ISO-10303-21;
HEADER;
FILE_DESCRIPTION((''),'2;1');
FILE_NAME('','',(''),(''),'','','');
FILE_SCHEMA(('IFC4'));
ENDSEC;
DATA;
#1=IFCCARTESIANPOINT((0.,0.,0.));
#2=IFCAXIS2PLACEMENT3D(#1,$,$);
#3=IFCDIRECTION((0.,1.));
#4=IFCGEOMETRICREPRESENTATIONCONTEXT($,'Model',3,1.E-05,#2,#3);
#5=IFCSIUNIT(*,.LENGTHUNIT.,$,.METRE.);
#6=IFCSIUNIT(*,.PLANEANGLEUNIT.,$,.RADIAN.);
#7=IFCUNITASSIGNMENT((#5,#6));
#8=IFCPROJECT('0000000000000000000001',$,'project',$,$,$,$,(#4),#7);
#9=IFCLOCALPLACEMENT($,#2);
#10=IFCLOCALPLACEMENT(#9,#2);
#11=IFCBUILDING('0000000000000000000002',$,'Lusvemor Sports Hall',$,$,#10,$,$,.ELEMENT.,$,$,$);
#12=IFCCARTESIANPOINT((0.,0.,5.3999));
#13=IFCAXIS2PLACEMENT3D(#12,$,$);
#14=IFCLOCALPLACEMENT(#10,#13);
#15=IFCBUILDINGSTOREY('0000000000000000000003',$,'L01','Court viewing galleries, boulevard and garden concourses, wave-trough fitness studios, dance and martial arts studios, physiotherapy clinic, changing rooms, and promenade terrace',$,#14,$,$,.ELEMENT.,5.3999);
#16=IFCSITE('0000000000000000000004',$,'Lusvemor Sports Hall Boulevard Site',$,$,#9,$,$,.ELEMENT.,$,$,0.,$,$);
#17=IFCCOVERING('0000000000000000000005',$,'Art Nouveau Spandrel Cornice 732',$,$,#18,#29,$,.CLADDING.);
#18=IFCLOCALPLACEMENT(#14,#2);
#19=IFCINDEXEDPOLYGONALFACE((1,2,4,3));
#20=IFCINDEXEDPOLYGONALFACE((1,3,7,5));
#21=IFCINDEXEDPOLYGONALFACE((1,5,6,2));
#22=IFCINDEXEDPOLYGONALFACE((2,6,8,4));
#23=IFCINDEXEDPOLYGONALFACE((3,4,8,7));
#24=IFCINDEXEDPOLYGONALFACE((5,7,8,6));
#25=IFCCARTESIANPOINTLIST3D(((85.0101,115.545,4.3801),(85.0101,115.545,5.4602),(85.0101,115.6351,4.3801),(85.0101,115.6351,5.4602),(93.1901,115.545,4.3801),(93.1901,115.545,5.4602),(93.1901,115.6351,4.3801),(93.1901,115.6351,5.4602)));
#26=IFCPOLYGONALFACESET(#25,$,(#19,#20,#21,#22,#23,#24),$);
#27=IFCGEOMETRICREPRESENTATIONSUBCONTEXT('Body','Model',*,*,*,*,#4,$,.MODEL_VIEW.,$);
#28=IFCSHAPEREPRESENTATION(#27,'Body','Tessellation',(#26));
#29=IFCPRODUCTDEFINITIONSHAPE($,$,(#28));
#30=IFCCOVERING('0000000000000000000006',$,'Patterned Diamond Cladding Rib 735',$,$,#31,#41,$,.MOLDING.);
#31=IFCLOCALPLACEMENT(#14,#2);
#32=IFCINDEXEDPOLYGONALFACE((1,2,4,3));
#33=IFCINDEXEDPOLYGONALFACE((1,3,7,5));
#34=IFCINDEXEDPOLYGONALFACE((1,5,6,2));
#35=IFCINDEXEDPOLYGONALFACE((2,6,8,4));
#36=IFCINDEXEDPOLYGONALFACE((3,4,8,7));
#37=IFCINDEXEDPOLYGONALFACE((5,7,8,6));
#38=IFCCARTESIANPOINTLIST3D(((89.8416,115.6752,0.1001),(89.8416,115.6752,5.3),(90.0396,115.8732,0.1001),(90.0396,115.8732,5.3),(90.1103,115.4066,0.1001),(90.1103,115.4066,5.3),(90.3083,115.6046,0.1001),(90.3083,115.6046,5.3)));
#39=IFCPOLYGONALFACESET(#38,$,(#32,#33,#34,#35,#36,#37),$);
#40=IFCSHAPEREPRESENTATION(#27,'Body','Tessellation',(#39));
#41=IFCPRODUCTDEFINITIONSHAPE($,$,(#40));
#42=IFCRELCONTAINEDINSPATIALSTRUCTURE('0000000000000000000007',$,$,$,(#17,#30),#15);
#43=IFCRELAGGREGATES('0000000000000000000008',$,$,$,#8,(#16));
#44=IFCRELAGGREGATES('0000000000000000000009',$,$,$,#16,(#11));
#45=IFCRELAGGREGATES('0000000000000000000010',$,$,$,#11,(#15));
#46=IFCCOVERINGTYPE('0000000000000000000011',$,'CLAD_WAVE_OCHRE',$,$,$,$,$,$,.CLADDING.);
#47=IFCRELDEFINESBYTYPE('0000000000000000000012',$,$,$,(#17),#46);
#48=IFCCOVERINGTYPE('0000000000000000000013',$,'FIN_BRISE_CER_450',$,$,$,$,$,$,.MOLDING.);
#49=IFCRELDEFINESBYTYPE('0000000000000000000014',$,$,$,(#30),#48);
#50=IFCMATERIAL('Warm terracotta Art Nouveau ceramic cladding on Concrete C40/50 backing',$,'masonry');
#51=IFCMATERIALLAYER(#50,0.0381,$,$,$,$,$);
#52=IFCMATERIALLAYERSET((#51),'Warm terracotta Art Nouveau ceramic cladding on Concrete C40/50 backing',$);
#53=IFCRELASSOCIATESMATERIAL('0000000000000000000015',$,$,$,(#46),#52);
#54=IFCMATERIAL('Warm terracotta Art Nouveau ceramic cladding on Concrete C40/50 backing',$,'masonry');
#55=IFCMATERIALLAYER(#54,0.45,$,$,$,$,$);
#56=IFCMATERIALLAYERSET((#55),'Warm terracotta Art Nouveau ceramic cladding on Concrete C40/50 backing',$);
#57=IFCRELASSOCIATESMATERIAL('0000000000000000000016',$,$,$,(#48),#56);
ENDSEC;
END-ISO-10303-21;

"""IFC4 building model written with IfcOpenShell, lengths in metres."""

from ifc_helpers import new_model, si_unit, direction, frame, origin, origin_2d, place, context, subcontext, project, spatial, rectangle, extrude, material, layer, layer_set, type_object, element, save


model = new_model("IFC4")

# Units and contexts
model_context = context("Model", 3, precision=1e-05, world=origin(), true_north=direction((0.0, 1.0)))
body_context = subcontext(model_context, "Body", "Model", "MODEL_VIEW")
ifc_project = project(units=[si_unit("LENGTHUNIT", "METRE"), si_unit("PLANEANGLEUNIT", "RADIAN")], contexts=[model_context])

# Site, building, storey
site_placement = place(None, origin())
site = spatial("IfcSite", under=ifc_project, at=site_placement, Name="Lusvemor Sports Hall Boulevard Site", CompositionType="ELEMENT", RefElevation=0.0)
building_placement = place(site_placement, origin())
building = spatial("IfcBuilding", under=site, at=building_placement, Name="Lusvemor Sports Hall", CompositionType="ELEMENT")
storey_placement = place(building_placement, frame((0.0, 0.0, 5.3999)))
storey = spatial("IfcBuildingStorey", under=building, at=storey_placement, Name="L01", Description="Court viewing galleries, boulevard and garden concourses, wave-trough fitness studios, dance and martial arts studios, physiotherapy clinic, changing rooms, and promenade terrace", CompositionType="ELEMENT", Elevation=5.3999)

# Coverings
ifc_material_1 = material(Name="Warm terracotta Art Nouveau ceramic cladding on Concrete C40/50 backing", Category="masonry")
ifc_layer_1 = layer(ifc_material_1, 0.0381)
ifc_layer_set_1 = layer_set([ifc_layer_1], Name="Warm terracotta Art Nouveau ceramic cladding on Concrete C40/50 backing")
covering_type_1 = type_object("IfcCoveringType", Name="CLAD_WAVE_OCHRE", PredefinedType="CLADDING", material=ifc_layer_set_1)
covering_1_placement = place(storey_placement, frame((89.1001, 115.5901, 4.3801), z_axis=(0.0, 0.0, 1.0), x_axis=(1.0, 0.0, 0.0)))
element("IfcCovering", 1, at=covering_1_placement, inside=storey, type_object=covering_type_1, Name="Art Nouveau Spandrel Cornice 732", PredefinedType="CLADDING", context=body_context, shape_type="SweptSolid", body=[
    extrude(rectangle(XDim=8.1799, YDim=0.0901, at=origin_2d()), origin(), (0.0, 0.0, 1.0), 1.0801),
])
ifc_material_2 = material(Name="Warm terracotta Art Nouveau ceramic cladding on Concrete C40/50 backing", Category="masonry")
ifc_layer_2 = layer(ifc_material_2, 0.45)
ifc_layer_set_2 = layer_set([ifc_layer_2], Name="Warm terracotta Art Nouveau ceramic cladding on Concrete C40/50 backing")
covering_type_2 = type_object("IfcCoveringType", Name="FIN_BRISE_CER_450", PredefinedType="MOLDING", material=ifc_layer_set_2)
covering_2_placement = place(storey_placement, frame((90.075, 115.6399, 0.1001), z_axis=(0.0, 0.0, 1.0), x_axis=(0.707107, 0.707107, 0.0)))
element("IfcCovering", 2, at=covering_2_placement, inside=storey, type_object=covering_type_2, Name="Patterned Diamond Cladding Rib 735", PredefinedType="MOLDING", context=body_context, shape_type="SweptSolid", body=[
    extrude(rectangle(XDim=0.28, YDim=0.3799, at=origin_2d()), origin(), (0.0, 0.0, 1.0), 5.2),
])

save(model, "model.ifc")
